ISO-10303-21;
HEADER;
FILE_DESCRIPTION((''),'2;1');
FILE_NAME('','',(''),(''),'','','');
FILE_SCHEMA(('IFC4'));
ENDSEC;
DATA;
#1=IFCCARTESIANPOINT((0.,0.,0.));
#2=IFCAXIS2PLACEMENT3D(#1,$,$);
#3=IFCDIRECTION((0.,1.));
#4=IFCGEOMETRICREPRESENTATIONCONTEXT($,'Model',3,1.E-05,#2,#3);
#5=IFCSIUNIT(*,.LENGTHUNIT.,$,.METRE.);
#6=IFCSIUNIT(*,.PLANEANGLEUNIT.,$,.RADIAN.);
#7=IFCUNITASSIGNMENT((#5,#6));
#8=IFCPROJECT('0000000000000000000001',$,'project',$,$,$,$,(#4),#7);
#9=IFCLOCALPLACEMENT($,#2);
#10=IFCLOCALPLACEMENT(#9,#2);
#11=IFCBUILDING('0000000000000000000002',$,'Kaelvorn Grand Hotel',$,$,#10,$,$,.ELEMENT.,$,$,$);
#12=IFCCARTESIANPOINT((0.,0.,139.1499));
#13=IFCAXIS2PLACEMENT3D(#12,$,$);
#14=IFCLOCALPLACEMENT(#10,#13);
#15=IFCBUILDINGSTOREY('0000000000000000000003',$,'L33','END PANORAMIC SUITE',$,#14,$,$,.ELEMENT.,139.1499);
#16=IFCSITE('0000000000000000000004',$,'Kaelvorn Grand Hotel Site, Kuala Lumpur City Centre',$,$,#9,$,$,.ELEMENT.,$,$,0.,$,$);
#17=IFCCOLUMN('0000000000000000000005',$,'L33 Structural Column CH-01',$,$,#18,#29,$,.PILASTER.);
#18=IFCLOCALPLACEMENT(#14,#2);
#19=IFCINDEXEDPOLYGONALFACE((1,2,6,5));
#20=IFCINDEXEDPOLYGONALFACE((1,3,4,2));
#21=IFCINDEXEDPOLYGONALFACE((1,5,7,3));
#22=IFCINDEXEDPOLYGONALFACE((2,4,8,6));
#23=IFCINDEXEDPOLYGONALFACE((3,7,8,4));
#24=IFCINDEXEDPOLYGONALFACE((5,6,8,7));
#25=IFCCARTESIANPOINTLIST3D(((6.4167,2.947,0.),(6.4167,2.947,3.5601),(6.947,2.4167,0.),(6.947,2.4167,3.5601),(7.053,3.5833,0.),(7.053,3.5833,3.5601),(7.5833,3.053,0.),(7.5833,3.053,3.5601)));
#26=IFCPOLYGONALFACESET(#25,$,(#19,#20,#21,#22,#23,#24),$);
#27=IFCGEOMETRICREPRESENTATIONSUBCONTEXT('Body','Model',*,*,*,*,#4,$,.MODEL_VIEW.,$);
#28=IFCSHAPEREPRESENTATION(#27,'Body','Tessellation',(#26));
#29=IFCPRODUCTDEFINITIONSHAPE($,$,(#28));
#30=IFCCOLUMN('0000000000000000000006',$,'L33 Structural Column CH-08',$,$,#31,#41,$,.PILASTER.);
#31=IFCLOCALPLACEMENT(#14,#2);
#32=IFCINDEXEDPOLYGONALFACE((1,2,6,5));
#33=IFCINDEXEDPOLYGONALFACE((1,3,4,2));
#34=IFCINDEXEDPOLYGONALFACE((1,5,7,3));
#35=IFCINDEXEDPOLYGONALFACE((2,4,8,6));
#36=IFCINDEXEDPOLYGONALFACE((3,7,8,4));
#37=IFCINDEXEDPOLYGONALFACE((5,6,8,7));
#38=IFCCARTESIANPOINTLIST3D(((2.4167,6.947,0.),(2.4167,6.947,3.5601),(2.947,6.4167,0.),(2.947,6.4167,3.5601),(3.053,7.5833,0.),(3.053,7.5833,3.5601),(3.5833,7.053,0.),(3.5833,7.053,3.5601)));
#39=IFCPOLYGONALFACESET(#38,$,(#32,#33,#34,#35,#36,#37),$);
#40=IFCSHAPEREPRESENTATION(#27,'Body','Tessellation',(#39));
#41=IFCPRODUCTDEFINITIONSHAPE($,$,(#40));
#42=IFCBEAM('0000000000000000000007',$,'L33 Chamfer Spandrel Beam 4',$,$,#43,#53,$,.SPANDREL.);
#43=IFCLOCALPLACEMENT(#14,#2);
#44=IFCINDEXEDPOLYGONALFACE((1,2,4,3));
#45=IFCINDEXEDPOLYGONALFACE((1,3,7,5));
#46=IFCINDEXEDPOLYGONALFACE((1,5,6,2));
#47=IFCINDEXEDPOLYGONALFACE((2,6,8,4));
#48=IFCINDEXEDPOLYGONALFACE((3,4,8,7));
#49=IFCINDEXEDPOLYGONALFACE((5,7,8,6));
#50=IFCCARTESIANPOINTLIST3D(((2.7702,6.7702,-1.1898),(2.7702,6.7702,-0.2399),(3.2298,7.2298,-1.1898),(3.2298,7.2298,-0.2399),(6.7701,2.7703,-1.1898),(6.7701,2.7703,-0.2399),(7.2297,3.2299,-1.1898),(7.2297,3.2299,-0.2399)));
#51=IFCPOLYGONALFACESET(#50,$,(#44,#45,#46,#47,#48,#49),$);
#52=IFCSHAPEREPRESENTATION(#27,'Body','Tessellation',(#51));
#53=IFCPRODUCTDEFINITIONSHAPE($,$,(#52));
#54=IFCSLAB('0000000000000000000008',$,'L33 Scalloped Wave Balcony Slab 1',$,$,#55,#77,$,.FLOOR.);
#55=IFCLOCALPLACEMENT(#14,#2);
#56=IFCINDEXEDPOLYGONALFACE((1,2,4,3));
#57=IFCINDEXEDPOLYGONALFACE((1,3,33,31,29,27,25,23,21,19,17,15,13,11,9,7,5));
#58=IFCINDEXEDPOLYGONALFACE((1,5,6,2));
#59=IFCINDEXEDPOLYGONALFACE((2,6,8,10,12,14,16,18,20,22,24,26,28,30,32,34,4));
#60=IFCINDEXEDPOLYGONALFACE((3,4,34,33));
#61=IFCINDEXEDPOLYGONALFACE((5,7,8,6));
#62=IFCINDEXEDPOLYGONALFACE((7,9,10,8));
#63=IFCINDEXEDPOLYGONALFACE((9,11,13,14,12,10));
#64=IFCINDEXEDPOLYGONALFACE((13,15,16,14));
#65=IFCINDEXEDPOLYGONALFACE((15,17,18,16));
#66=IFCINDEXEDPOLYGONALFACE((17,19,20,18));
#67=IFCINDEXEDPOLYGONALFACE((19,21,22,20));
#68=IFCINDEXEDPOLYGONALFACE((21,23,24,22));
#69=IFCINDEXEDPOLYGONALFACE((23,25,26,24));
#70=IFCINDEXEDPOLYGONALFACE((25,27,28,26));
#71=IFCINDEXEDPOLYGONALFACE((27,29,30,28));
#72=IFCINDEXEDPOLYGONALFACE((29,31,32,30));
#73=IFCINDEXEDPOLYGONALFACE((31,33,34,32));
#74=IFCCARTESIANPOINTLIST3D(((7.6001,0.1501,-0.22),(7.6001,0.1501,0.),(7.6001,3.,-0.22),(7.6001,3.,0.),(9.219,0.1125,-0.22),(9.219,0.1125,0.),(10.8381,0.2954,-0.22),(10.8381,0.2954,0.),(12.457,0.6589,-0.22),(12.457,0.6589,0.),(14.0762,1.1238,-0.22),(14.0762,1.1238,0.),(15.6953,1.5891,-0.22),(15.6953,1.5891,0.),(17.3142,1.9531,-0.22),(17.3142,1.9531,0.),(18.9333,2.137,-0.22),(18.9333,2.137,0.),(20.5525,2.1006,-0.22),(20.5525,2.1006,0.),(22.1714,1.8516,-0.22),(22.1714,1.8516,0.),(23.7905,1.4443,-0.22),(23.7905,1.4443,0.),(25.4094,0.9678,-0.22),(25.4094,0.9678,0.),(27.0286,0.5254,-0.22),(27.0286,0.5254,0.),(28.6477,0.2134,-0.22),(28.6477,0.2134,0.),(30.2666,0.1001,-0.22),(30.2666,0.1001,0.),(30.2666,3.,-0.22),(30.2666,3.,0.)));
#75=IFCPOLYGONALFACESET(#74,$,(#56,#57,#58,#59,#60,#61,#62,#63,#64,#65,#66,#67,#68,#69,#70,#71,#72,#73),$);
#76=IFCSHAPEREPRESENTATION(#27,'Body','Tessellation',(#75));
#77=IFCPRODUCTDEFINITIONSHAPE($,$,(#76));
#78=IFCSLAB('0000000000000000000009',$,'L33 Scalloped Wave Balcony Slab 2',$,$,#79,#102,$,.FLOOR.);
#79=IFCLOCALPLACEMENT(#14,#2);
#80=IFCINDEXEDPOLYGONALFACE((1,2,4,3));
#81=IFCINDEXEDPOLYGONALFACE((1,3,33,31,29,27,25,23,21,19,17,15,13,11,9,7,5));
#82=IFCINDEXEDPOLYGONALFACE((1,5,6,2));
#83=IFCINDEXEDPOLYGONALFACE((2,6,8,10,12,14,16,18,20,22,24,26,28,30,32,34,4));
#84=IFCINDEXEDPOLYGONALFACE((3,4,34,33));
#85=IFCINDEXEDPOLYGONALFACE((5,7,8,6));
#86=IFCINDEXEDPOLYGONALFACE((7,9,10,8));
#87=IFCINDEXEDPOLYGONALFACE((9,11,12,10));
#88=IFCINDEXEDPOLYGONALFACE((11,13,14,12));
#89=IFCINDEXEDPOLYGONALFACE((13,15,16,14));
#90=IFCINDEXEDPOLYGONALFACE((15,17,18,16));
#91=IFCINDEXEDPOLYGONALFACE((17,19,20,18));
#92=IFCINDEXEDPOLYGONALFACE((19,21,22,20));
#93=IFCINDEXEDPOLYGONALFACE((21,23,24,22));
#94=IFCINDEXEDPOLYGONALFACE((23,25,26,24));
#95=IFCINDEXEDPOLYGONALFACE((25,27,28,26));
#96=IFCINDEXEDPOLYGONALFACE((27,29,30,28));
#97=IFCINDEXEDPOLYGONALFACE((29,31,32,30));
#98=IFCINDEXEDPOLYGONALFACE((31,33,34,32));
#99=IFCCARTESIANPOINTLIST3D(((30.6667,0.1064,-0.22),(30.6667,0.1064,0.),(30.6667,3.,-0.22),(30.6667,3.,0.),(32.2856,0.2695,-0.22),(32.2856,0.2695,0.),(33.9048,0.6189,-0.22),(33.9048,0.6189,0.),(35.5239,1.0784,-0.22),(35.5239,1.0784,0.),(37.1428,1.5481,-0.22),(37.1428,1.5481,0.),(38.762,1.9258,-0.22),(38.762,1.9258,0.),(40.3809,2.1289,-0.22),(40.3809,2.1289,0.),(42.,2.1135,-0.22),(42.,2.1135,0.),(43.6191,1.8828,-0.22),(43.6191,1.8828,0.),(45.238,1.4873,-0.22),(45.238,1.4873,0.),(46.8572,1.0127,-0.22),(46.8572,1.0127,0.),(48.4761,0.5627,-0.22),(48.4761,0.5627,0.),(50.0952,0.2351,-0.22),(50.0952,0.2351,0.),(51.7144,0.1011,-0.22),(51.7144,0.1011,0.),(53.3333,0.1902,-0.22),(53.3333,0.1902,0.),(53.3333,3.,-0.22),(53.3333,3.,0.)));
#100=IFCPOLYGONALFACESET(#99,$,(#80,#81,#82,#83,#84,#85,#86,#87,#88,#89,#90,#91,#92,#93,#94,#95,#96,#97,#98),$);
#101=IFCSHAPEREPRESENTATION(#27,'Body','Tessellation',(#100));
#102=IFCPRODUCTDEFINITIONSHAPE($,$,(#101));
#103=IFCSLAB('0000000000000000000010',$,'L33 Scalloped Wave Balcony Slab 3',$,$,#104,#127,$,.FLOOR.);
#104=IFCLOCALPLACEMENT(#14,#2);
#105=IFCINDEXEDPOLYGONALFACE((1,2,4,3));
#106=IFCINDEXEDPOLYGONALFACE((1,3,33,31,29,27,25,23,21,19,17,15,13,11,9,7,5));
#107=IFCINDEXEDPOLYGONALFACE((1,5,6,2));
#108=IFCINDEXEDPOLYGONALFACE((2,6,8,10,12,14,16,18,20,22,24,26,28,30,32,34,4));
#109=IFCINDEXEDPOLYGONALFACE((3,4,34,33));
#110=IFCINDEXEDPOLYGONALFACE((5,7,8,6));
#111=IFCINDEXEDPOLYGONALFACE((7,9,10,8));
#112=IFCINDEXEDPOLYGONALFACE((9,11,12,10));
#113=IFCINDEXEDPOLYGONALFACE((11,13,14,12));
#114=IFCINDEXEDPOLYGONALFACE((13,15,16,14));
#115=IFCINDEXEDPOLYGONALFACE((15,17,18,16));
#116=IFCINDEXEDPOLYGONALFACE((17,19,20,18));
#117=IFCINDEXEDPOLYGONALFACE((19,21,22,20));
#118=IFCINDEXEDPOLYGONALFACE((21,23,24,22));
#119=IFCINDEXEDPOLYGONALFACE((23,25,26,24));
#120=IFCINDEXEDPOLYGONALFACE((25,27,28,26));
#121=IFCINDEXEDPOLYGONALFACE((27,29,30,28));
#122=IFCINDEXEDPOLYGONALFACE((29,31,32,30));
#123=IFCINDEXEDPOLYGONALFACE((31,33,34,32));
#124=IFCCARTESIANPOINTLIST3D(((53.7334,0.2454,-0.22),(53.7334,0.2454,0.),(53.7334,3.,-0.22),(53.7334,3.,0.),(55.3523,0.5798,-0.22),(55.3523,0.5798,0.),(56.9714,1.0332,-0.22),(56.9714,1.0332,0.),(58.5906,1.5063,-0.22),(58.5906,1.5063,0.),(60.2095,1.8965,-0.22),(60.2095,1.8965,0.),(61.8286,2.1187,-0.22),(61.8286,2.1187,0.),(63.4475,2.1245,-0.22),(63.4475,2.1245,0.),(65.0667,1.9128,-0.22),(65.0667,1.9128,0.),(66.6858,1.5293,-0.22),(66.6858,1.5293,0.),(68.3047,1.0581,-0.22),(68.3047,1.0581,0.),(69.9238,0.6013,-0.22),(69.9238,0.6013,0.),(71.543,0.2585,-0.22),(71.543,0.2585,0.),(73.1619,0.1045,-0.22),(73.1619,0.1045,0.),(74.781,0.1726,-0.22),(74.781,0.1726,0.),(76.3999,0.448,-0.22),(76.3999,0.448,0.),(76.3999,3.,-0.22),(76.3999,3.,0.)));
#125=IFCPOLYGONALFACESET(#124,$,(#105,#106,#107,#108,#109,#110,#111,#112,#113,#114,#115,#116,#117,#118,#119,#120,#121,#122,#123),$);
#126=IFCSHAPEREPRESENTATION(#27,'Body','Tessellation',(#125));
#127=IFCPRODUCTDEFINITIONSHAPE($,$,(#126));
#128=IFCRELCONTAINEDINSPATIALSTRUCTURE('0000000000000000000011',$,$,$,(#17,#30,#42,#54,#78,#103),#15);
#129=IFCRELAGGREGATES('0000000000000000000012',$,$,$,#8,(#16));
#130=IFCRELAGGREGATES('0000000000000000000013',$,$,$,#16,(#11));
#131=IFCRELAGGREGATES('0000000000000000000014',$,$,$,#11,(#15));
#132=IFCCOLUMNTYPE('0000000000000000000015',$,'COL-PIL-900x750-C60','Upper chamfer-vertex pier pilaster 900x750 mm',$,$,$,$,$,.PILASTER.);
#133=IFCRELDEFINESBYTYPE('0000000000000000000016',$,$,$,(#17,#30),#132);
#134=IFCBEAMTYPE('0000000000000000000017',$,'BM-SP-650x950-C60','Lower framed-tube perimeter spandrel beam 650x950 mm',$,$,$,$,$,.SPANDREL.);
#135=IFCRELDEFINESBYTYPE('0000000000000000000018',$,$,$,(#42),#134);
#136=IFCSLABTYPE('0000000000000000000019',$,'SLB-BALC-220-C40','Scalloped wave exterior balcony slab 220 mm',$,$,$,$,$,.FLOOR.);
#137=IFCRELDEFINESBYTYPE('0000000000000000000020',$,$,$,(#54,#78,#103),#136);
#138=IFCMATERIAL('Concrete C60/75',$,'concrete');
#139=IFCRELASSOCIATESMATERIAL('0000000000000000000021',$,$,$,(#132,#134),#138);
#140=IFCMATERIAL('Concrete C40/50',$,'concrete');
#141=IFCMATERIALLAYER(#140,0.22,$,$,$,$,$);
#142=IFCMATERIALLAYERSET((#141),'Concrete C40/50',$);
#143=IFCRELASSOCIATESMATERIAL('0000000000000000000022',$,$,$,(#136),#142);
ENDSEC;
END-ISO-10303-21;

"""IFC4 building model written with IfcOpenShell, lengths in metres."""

from ifc_helpers import new_model, si_unit, direction, frame, origin, origin_2d, place, context, subcontext, project, spatial, polyline, rectangle, outline, extrude, material, layer, layer_set, material_profile, profile_set, type_object, element, save


model = new_model("IFC4")

# Units and contexts
model_context = context("Model", 3, precision=1e-05, world=origin(), true_north=direction((0.0, 1.0)))
body_context = subcontext(model_context, "Body", "Model", "MODEL_VIEW")
ifc_project = project(units=[si_unit("LENGTHUNIT", "METRE"), si_unit("PLANEANGLEUNIT", "RADIAN")], contexts=[model_context])

# Site, building, storey
site_placement = place(None, origin())
site = spatial("IfcSite", under=ifc_project, at=site_placement, Name="Kaelvorn Grand Hotel Site, Kuala Lumpur City Centre", CompositionType="ELEMENT", RefElevation=0.0)
building_placement = place(site_placement, origin())
building = spatial("IfcBuilding", under=site, at=building_placement, Name="Kaelvorn Grand Hotel", CompositionType="ELEMENT")
storey_placement = place(building_placement, frame((0.0, 0.0, 139.1499)))
storey = spatial("IfcBuildingStorey", under=building, at=storey_placement, Name="L33", Description="END PANORAMIC SUITE", CompositionType="ELEMENT", Elevation=139.1499)

# Columns
ifc_material_1 = material(Name="Concrete C60/75", Category="concrete")
ifc_material_profile_1 = material_profile(ifc_material_1, rectangle(XDim=0.8999, YDim=0.75, at=origin_2d()), Name="RC PILASTER 900x750")
ifc_profile_set_1 = profile_set([ifc_material_profile_1], Name="Concrete C60/75")
column_type = type_object("IfcColumnType", Name="COL-PIL-900x750-C60", Description="Upper chamfer-vertex pier pilaster 900x750 mm", PredefinedType="PILASTER", material=ifc_profile_set_1)
for number, where, z_axis, x_axis, name in (
    (1, (7.0, 3.0, 0.0), (0.0, 0.0, 1.0), (0.707107, 0.707107, 0.0), "L33 Structural Column CH-01"),
    (2, (3.0, 7.0, 0.0), (0.0, 0.0, 1.0), (0.707107, 0.707107, 0.0), "L33 Structural Column CH-08"),
):
    element("IfcColumn", number, at=place(storey_placement, frame(where, z_axis=z_axis, x_axis=x_axis)), inside=storey, type_object=column_type, Name=name, PredefinedType="PILASTER", context=body_context, shape_type="SweptSolid", body=[
        extrude(rectangle(XDim=0.8999, YDim=0.75, at=origin_2d()), origin(), (0.0, 0.0, 1.0), 3.5601),
    ])

# Beam
ifc_material_profile_2 = material_profile(ifc_material_1, rectangle(XDim=0.6499, YDim=0.95, at=origin_2d()), Name="RC SPANDREL 650x950")
ifc_profile_set_2 = profile_set([ifc_material_profile_2], Name="Concrete C60/75")
beam_type = type_object("IfcBeamType", Name="BM-SP-650x950-C60", Description="Lower framed-tube perimeter spandrel beam 650x950 mm", PredefinedType="SPANDREL", material=ifc_profile_set_2)
beam_placement = place(storey_placement, frame((3.0, 7.0, -0.7148), z_axis=(0.707107, -0.707107, 0.0), x_axis=(0.707107, 0.707107, 0.0)))
element("IfcBeam", 3, at=beam_placement, inside=storey, type_object=beam_type, Name="L33 Chamfer Spandrel Beam 4", PredefinedType="SPANDREL", context=body_context, shape_type="SweptSolid", body=[
    extrude(rectangle(XDim=0.6499, YDim=0.95, at=origin_2d()), origin(), (0.0, 0.0, 1.0), 5.6567),
])

# Slabs
ifc_material_2 = material(Name="Concrete C40/50", Category="concrete")
ifc_layer_1 = layer(ifc_material_2, 0.22)
ifc_layer_set_1 = layer_set([ifc_layer_1], Name="Concrete C40/50")
slab_type_1 = type_object("IfcSlabType", Name="SLB-BALC-220-C40", Description="Scalloped wave exterior balcony slab 220 mm", PredefinedType="FLOOR", material=ifc_layer_set_1)
slab_1_placement = place(storey_placement, frame((0.0, 0.0, -0.22)))
element("IfcSlab", 4, at=slab_1_placement, inside=storey, type_object=slab_type_1, Name="L33 Scalloped Wave Balcony Slab 1", PredefinedType="FLOOR", context=body_context, shape_type="SweptSolid", body=[
    extrude(outline(polyline([(7.6001, 0.1501), (9.219, 0.1125), (10.8381, 0.2954), (12.457, 0.6589), (14.0762, 1.1238), (15.6953, 1.5891), (17.3142, 1.9531), (18.9333, 2.137), (20.5525, 2.1006), (22.1714, 1.8516), (23.7905, 1.4443), (25.4094, 0.9678), (27.0286, 0.5254), (28.6477, 0.2134), (30.2666, 0.1001), (30.2666, 3.0), (7.6001, 3.0), (7.6001, 0.1501)])), origin(), (0.0, 0.0, 1.0), 0.22),
])
slab_2_placement = place(storey_placement, frame((0.0, 0.0, -0.22)))
element("IfcSlab", 5, at=slab_2_placement, inside=storey, type_object=slab_type_1, Name="L33 Scalloped Wave Balcony Slab 2", PredefinedType="FLOOR", context=body_context, shape_type="SweptSolid", body=[
    extrude(outline(polyline([(30.6667, 0.1064), (32.2856, 0.2695), (33.9048, 0.6189), (35.5239, 1.0784), (37.1428, 1.5481), (38.762, 1.9258), (40.3809, 2.1289), (42.0, 2.1135), (43.6191, 1.8828), (45.238, 1.4873), (46.8572, 1.0127), (48.4761, 0.5627), (50.0952, 0.2351), (51.7144, 0.1011), (53.3333, 0.1902), (53.3333, 3.0), (30.6667, 3.0), (30.6667, 0.1064)])), origin(), (0.0, 0.0, 1.0), 0.22),
])
slab_3_placement = place(storey_placement, frame((0.0, 0.0, -0.22)))
element("IfcSlab", 6, at=slab_3_placement, inside=storey, type_object=slab_type_1, Name="L33 Scalloped Wave Balcony Slab 3", PredefinedType="FLOOR", context=body_context, shape_type="SweptSolid", body=[
    extrude(outline(polyline([(53.7334, 0.2454), (55.3523, 0.5798), (56.9714, 1.0332), (58.5906, 1.5063), (60.2095, 1.8965), (61.8286, 2.1187), (63.4475, 2.1245), (65.0667, 1.9128), (66.6858, 1.5293), (68.3047, 1.0581), (69.9238, 0.6013), (71.543, 0.2585), (73.1619, 0.1045), (74.781, 0.1726), (76.3999, 0.448), (76.3999, 3.0), (53.7334, 3.0), (53.7334, 0.2454)])), origin(), (0.0, 0.0, 1.0), 0.22),
])

save(model, "model.ifc")
